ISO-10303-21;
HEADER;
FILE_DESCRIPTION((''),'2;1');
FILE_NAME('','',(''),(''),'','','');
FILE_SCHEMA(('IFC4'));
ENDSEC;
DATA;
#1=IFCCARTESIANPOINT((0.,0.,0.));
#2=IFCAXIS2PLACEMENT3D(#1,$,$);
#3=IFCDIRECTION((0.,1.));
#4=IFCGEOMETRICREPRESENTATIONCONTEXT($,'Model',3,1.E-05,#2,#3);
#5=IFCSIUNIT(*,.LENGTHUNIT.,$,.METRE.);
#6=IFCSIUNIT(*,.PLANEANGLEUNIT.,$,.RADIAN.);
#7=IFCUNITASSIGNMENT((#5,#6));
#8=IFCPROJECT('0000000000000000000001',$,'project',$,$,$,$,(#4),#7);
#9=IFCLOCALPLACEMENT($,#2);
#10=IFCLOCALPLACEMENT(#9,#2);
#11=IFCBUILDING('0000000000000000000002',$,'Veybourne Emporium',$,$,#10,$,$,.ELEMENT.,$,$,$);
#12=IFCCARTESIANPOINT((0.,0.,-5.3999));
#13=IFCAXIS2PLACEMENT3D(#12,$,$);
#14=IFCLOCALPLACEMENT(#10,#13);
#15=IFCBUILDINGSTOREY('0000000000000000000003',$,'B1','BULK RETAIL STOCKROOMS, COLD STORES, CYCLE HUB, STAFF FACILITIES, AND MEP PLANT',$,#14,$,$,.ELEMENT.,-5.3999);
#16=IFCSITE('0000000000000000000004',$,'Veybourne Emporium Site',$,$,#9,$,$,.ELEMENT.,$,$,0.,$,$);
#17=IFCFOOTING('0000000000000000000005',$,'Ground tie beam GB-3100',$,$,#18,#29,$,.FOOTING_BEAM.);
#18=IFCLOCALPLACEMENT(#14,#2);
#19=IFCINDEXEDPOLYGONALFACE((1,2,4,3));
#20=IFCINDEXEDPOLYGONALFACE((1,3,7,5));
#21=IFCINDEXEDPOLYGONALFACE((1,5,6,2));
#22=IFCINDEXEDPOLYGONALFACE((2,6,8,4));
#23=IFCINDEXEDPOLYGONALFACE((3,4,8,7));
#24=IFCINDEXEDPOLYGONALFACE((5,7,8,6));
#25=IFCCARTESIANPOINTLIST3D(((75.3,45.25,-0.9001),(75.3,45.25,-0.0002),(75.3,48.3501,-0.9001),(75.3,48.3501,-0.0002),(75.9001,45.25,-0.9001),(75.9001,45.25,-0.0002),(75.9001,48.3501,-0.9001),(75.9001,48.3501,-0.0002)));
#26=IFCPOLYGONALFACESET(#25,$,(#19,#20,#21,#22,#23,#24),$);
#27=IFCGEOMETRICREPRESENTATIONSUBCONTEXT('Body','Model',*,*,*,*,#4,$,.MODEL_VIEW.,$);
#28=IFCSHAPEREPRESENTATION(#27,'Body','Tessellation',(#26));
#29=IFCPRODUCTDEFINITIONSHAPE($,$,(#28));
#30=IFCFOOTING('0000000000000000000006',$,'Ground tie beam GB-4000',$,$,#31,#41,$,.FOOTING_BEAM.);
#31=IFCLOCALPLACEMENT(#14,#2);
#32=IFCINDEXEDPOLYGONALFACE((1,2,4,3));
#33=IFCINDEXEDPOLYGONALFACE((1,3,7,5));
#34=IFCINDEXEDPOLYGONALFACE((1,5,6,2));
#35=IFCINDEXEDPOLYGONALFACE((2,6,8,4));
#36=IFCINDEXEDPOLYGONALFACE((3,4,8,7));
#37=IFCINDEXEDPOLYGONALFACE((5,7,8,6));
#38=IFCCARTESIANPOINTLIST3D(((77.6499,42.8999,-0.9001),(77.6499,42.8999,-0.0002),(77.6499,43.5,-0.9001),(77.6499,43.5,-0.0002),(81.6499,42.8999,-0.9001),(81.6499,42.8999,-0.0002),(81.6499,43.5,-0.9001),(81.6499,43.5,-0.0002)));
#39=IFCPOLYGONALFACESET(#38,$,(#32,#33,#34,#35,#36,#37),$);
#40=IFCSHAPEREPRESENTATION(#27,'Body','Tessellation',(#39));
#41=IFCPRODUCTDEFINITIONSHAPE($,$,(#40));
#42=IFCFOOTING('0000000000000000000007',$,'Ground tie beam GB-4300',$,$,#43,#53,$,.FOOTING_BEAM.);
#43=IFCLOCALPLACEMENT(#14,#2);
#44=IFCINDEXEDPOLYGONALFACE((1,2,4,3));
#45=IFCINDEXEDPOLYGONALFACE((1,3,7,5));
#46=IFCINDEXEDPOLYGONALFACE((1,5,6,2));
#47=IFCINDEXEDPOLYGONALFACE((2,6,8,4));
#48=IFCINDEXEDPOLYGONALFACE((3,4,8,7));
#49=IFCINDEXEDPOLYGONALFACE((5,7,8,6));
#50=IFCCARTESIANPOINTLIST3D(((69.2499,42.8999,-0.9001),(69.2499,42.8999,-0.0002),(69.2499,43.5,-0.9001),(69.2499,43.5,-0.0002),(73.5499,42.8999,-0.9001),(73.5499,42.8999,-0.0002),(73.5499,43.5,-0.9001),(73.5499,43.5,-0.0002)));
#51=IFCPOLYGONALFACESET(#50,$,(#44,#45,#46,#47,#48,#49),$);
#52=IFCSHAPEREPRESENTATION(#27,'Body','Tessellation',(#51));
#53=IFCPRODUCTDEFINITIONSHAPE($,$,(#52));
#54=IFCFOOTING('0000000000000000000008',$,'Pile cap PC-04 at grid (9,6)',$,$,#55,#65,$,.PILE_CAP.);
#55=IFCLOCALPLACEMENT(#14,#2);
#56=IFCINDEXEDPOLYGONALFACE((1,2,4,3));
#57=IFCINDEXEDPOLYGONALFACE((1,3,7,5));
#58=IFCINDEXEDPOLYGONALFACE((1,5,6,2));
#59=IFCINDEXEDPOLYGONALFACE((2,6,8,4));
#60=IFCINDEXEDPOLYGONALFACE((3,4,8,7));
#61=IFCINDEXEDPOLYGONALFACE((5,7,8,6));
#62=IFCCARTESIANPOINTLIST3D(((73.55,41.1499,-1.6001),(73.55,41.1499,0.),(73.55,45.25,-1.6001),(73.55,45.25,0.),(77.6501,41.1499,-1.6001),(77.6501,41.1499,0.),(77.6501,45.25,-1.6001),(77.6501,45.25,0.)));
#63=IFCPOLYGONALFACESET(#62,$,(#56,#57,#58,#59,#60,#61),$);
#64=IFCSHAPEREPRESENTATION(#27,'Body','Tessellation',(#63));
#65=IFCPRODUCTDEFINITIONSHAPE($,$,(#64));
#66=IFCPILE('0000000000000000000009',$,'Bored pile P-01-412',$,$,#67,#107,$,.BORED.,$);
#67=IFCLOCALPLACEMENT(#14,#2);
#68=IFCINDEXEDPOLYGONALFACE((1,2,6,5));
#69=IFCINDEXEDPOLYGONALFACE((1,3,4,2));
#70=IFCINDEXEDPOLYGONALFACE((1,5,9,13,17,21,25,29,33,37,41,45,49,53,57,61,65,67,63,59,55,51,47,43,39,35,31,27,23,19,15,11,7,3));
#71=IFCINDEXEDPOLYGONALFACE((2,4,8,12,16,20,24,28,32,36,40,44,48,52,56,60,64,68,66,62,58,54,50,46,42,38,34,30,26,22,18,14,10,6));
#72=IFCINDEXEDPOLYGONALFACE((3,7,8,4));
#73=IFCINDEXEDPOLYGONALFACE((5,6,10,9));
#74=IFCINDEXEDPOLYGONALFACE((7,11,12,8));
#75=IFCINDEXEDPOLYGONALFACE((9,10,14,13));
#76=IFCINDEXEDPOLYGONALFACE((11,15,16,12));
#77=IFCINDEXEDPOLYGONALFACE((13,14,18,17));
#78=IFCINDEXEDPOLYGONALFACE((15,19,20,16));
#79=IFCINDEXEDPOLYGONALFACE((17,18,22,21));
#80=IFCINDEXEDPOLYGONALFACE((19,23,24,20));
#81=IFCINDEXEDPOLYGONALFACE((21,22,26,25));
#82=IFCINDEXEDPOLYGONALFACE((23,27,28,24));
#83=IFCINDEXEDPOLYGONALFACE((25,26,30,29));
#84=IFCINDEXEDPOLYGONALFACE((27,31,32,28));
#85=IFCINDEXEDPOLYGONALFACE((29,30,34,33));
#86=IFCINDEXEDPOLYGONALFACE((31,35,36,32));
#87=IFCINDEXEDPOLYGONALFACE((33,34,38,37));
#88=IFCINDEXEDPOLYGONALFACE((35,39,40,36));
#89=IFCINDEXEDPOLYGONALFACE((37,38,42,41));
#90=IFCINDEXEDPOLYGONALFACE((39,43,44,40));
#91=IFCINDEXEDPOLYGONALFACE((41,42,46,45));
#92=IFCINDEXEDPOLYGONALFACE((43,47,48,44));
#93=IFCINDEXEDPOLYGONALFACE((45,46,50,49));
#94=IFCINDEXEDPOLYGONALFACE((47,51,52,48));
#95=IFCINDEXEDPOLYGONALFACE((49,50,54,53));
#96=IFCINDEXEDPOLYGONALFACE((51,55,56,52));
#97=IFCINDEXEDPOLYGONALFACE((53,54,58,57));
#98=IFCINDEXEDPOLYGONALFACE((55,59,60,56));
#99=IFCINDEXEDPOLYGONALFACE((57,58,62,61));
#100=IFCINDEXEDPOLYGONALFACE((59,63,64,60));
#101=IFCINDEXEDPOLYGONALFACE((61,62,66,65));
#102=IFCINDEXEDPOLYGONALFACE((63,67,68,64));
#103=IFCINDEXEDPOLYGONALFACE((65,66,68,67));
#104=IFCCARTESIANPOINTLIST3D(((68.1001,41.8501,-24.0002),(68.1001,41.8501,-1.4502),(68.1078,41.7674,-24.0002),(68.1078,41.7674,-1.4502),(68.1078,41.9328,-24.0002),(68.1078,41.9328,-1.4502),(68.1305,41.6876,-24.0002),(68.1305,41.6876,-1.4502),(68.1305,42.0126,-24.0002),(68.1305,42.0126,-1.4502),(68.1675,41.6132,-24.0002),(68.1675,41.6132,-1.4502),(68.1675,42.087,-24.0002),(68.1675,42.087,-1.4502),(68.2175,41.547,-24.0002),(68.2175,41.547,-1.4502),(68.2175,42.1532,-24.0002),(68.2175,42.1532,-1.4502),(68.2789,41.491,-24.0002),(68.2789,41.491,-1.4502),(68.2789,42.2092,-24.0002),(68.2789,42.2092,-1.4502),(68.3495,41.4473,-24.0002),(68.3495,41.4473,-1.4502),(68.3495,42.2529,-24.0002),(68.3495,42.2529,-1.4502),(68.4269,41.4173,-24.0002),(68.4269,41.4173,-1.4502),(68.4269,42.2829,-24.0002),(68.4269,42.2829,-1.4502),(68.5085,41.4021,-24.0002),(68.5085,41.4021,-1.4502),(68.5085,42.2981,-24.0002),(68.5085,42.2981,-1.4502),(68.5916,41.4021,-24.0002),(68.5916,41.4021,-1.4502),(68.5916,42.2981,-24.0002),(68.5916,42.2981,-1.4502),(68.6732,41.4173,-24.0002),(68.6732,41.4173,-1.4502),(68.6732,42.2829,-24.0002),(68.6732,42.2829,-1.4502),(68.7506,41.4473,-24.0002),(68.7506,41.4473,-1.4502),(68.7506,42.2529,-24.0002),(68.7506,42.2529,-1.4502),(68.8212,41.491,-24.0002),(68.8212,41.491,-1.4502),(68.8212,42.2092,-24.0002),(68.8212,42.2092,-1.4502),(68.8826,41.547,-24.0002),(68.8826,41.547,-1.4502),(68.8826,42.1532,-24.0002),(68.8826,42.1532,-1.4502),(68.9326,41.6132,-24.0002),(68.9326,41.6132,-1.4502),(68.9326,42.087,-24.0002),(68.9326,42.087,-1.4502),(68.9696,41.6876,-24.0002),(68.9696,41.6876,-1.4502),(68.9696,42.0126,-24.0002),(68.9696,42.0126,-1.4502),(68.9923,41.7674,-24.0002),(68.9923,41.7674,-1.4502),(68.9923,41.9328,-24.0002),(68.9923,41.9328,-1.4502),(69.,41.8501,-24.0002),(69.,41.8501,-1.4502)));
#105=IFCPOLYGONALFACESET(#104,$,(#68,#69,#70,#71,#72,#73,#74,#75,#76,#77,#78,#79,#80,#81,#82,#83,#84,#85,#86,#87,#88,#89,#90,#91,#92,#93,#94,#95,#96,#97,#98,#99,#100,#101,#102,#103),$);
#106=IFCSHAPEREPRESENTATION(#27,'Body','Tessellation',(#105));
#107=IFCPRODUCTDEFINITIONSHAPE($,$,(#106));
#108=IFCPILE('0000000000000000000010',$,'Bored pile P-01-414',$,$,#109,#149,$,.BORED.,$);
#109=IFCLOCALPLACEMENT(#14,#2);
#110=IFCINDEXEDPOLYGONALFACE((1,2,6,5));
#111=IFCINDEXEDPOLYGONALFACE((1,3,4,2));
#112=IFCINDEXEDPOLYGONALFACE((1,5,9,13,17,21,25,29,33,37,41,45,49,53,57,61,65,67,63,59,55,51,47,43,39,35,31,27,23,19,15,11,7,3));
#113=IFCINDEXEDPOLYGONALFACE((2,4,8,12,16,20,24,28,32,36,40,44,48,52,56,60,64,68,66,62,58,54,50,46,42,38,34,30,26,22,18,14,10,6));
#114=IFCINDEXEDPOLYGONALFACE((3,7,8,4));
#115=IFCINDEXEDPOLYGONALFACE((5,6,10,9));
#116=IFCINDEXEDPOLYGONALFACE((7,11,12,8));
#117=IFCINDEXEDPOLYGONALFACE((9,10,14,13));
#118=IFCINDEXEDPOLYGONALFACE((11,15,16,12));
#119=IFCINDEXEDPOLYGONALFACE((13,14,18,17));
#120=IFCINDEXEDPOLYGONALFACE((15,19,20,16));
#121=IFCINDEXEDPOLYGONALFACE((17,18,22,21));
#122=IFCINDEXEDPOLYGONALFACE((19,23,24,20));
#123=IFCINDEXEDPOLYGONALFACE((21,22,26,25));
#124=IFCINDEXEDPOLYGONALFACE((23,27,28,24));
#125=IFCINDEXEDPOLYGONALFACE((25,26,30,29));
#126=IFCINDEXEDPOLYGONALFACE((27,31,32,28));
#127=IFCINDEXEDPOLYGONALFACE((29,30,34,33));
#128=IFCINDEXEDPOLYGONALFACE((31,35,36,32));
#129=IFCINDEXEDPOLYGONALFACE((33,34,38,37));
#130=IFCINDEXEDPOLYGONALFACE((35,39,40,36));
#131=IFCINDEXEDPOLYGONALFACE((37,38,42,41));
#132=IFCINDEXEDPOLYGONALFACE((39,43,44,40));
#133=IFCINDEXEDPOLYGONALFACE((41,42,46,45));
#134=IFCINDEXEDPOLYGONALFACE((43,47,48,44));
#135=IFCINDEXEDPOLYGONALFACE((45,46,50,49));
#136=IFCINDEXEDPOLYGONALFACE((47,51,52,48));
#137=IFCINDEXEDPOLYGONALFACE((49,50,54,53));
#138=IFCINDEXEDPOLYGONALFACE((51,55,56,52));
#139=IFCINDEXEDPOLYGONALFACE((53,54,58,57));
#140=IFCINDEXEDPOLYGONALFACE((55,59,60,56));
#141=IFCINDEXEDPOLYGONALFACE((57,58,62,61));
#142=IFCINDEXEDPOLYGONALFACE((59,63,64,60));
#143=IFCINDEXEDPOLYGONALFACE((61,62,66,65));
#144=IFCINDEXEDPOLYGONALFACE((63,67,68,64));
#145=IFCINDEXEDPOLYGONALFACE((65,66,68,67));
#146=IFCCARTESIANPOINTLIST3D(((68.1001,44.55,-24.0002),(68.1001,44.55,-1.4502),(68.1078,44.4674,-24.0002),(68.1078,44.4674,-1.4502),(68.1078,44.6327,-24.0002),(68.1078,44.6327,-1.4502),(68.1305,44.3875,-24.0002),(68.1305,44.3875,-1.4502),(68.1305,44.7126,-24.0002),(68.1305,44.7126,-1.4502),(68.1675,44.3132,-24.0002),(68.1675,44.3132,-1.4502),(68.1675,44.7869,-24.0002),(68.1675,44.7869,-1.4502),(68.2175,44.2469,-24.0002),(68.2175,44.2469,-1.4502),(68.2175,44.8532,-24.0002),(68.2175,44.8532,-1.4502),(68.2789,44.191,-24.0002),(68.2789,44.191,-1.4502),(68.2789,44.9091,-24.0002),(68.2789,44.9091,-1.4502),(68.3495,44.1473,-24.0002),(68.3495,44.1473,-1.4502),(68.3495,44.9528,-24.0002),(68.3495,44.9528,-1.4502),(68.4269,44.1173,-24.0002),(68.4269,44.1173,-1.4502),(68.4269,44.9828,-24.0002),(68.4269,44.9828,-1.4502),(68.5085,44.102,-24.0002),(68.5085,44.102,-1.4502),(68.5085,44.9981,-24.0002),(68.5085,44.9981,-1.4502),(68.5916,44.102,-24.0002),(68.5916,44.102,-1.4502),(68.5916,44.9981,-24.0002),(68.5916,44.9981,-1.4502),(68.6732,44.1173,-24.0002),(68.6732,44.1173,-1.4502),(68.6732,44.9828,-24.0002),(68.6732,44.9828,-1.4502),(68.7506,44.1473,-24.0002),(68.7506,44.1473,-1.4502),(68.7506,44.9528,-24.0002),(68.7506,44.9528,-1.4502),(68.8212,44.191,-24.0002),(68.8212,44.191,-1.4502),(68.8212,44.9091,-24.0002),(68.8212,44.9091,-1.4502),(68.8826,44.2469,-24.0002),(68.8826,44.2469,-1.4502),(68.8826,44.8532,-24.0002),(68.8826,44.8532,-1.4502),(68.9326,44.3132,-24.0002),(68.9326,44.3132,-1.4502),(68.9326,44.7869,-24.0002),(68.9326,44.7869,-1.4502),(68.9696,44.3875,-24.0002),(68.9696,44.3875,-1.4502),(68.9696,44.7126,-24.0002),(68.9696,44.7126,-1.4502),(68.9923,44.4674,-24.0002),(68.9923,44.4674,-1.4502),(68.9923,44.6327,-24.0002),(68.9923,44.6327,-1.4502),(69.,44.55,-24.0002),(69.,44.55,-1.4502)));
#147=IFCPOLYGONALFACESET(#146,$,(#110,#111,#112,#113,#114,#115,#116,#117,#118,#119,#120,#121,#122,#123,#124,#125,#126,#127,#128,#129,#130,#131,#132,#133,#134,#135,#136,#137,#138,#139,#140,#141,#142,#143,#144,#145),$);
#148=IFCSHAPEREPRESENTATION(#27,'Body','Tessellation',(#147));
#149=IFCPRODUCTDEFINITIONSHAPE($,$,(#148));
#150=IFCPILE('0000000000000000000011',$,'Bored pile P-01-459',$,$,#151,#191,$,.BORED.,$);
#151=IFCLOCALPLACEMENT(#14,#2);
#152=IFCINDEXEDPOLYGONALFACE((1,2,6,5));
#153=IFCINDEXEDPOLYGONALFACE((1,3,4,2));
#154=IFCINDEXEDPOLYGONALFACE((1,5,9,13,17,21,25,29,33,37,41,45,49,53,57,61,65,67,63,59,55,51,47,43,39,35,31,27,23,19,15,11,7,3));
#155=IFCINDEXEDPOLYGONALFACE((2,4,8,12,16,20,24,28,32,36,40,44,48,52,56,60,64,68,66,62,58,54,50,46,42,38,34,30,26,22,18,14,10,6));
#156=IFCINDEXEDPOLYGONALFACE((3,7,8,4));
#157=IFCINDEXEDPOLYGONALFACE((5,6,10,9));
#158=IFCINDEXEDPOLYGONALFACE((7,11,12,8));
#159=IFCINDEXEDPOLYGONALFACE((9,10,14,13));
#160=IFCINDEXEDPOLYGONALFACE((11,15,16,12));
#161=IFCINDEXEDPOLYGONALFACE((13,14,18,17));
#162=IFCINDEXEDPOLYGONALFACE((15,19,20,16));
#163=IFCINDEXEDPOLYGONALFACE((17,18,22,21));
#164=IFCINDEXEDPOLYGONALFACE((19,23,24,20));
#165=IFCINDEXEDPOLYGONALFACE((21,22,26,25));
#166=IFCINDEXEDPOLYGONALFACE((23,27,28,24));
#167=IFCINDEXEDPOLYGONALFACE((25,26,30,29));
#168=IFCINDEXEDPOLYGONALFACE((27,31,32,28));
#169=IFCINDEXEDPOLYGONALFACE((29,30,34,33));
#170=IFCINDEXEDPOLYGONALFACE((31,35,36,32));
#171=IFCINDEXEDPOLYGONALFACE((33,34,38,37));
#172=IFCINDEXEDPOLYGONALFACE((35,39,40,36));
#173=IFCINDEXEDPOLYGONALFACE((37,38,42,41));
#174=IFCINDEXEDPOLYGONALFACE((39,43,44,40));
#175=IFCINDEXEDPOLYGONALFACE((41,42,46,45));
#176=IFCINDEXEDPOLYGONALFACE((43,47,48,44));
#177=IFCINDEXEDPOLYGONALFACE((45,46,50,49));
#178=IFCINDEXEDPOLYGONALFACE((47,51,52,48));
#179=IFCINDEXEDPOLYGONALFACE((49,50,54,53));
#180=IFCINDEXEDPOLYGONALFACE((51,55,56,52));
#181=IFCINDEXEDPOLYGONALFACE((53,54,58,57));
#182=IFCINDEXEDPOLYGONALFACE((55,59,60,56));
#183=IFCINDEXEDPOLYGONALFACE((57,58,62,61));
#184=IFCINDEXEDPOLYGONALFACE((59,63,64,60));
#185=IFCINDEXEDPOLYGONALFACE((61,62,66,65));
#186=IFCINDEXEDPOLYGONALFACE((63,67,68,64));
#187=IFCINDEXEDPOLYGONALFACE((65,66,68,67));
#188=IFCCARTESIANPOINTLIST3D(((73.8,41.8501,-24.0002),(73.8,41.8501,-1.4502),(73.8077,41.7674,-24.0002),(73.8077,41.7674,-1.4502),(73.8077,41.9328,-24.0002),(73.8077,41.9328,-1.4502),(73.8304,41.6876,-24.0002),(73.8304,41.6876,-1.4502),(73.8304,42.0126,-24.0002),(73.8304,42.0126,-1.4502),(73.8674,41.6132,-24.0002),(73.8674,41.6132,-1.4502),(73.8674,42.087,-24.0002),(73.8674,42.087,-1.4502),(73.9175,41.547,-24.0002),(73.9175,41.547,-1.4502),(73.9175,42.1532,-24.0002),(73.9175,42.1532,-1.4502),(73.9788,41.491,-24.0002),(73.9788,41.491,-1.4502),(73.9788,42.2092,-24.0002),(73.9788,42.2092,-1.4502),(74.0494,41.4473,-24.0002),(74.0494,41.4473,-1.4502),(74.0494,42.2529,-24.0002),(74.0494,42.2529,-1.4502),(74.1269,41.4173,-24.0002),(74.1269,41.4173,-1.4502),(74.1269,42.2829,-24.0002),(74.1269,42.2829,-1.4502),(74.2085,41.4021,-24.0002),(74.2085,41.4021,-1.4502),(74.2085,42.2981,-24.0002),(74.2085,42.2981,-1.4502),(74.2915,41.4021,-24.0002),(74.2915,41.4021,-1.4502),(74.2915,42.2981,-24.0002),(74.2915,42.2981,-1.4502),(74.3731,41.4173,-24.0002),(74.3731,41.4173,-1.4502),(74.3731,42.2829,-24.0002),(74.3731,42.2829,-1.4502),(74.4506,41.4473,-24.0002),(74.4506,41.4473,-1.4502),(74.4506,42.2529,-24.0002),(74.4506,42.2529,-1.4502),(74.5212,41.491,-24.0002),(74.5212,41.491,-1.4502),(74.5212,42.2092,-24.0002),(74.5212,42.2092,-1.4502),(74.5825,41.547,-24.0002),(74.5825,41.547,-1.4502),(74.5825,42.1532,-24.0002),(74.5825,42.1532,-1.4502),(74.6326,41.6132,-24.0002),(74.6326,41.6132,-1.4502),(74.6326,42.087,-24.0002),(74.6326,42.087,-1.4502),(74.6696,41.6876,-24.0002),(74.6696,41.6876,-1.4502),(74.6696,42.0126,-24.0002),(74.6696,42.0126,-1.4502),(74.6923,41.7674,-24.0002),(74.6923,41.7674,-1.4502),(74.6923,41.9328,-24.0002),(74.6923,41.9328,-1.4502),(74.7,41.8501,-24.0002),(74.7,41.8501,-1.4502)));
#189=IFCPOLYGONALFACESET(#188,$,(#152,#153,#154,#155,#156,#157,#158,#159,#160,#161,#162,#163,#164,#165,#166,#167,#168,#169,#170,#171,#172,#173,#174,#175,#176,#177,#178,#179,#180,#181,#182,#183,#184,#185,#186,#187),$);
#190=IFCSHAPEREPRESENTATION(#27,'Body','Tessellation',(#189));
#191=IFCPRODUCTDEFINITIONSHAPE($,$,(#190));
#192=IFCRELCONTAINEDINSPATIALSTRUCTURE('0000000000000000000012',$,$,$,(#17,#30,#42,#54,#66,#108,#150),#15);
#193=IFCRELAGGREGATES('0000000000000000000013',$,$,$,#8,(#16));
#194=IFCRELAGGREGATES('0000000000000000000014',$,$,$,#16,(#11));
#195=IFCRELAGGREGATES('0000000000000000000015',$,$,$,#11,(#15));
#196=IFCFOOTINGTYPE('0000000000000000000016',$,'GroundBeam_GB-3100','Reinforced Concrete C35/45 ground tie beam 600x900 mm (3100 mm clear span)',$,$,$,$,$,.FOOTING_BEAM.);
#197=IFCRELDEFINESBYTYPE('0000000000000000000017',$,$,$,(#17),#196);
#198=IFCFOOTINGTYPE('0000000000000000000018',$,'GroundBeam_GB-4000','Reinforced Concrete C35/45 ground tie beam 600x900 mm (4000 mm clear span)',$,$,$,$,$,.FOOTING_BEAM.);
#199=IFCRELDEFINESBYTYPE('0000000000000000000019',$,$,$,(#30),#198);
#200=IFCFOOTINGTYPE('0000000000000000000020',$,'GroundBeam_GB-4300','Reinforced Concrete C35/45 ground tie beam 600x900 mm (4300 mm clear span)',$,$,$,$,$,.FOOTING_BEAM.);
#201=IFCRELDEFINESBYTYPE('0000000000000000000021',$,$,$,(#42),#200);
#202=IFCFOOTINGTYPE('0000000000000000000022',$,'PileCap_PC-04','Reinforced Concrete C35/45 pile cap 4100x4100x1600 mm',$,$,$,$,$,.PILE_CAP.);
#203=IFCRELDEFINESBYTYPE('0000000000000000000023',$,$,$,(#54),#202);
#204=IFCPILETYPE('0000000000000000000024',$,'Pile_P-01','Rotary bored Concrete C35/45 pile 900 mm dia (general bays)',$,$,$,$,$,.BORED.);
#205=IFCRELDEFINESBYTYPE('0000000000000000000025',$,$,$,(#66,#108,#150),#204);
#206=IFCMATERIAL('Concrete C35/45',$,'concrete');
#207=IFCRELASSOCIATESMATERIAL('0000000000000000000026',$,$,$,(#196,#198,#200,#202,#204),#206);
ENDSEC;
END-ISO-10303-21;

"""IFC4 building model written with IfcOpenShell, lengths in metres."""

from ifc_helpers import new_model, si_unit, direction, frame, origin, origin_2d, place, context, subcontext, project, spatial, rectangle, circle, extrude, material, material_profile, profile_set, type_object, element, save


model = new_model("IFC4")

# Units and contexts
model_context = context("Model", 3, precision=1e-05, world=origin(), true_north=direction((0.0, 1.0)))
body_context = subcontext(model_context, "Body", "Model", "MODEL_VIEW")
ifc_project = project(units=[si_unit("LENGTHUNIT", "METRE"), si_unit("PLANEANGLEUNIT", "RADIAN")], contexts=[model_context])

# Site, building, storey
site_placement = place(None, origin())
site = spatial("IfcSite", under=ifc_project, at=site_placement, Name="Veybourne Emporium Site", CompositionType="ELEMENT", RefElevation=0.0)
building_placement = place(site_placement, origin())
building = spatial("IfcBuilding", under=site, at=building_placement, Name="Veybourne Emporium", CompositionType="ELEMENT")
storey_placement = place(building_placement, frame((0.0, 0.0, -5.3999)))
storey = spatial("IfcBuildingStorey", under=building, at=storey_placement, Name="B1", Description="BULK RETAIL STOCKROOMS, COLD STORES, CYCLE HUB, STAFF FACILITIES, AND MEP PLANT", CompositionType="ELEMENT", Elevation=-5.3999)

# Footings
ifc_material_1 = material(Name="Concrete C35/45", Category="concrete")
footing_type_1 = type_object("IfcFootingType", Name="GroundBeam_GB-3100", Description="Reinforced Concrete C35/45 ground tie beam 600x900 mm (3100 mm clear span)", PredefinedType="FOOTING_BEAM", material=ifc_material_1)
footing_1_placement = place(storey_placement, frame((75.6001, 46.8, -0.9001), z_axis=(0.0, 0.0, 1.0), x_axis=(0.0, 1.0, 0.0)))
element("IfcFooting", 1, at=footing_1_placement, inside=storey, type_object=footing_type_1, Name="Ground tie beam GB-3100", PredefinedType="FOOTING_BEAM", context=body_context, shape_type="SweptSolid", body=[
    extrude(rectangle(XDim=3.1001, YDim=0.6001, at=origin_2d()), origin(), (0.0, 0.0, 1.0), 0.8999),
])
footing_type_2 = type_object("IfcFootingType", Name="GroundBeam_GB-4000", Description="Reinforced Concrete C35/45 ground tie beam 600x900 mm (4000 mm clear span)", PredefinedType="FOOTING_BEAM", material=ifc_material_1)
footing_2_placement = place(storey_placement, frame((79.6499, 43.2, -0.9001), z_axis=(0.0, 0.0, 1.0), x_axis=(1.0, 0.0, 0.0)))
element("IfcFooting", 2, at=footing_2_placement, inside=storey, type_object=footing_type_2, Name="Ground tie beam GB-4000", PredefinedType="FOOTING_BEAM", context=body_context, shape_type="SweptSolid", body=[
    extrude(rectangle(XDim=4.0, YDim=0.6001, at=origin_2d()), origin(), (0.0, 0.0, 1.0), 0.8999),
])
footing_type_3 = type_object("IfcFootingType", Name="GroundBeam_GB-4300", Description="Reinforced Concrete C35/45 ground tie beam 600x900 mm (4300 mm clear span)", PredefinedType="FOOTING_BEAM", material=ifc_material_1)
footing_3_placement = place(storey_placement, frame((71.3999, 43.2, -0.9001), z_axis=(0.0, 0.0, 1.0), x_axis=(1.0, 0.0, 0.0)))
element("IfcFooting", 3, at=footing_3_placement, inside=storey, type_object=footing_type_3, Name="Ground tie beam GB-4300", PredefinedType="FOOTING_BEAM", context=body_context, shape_type="SweptSolid", body=[
    extrude(rectangle(XDim=4.3, YDim=0.6001, at=origin_2d()), origin(), (0.0, 0.0, 1.0), 0.8999),
])
footing_type_4 = type_object("IfcFootingType", Name="PileCap_PC-04", Description="Reinforced Concrete C35/45 pile cap 4100x4100x1600 mm", PredefinedType="PILE_CAP", material=ifc_material_1)
footing_4_placement = place(storey_placement, frame((75.6001, 43.2, -1.6001), z_axis=(0.0, 0.0, 1.0), x_axis=(1.0, 0.0, 0.0)))
element("IfcFooting", 4, at=footing_4_placement, inside=storey, type_object=footing_type_4, Name="Pile cap PC-04 at grid (9,6)", PredefinedType="PILE_CAP", context=body_context, shape_type="SweptSolid", body=[
    extrude(rectangle(XDim=4.1001, YDim=4.1001, at=origin_2d()), origin(), (0.0, 0.0, 1.0), 1.6001),
])

# Piles
ifc_material_profile_1 = material_profile(ifc_material_1, circle(Radius=0.45, at=origin_2d()), Name="BORED PILE 900")
ifc_profile_set_1 = profile_set([ifc_material_profile_1], Name="Concrete C35/45")
pile_type_1 = type_object("IfcPileType", Name="Pile_P-01", Description="Rotary bored Concrete C35/45 pile 900 mm dia (general bays)", PredefinedType="BORED", material=ifc_profile_set_1)
for number, where, z_axis, x_axis, name in (
    (5, (68.55, 41.8501, -1.4502), (0.0, 0.0, -1.0), (1.0, 0.0, 0.0), "Bored pile P-01-412"),
    (6, (68.55, 44.55, -1.4502), (0.0, 0.0, -1.0), (1.0, 0.0, 0.0), "Bored pile P-01-414"),
    (7, (74.25, 41.8501, -1.4502), (0.0, 0.0, -1.0), (1.0, 0.0, 0.0), "Bored pile P-01-459"),
):
    element("IfcPile", number, at=place(storey_placement, frame(where, z_axis=z_axis, x_axis=x_axis)), inside=storey, type_object=pile_type_1, Name=name, PredefinedType="BORED", context=body_context, shape_type="SweptSolid", body=[
        extrude(circle(Radius=0.45, at=origin_2d()), origin(), (0.0, 0.0, 1.0), 22.55),
    ])

save(model, "model.ifc")
